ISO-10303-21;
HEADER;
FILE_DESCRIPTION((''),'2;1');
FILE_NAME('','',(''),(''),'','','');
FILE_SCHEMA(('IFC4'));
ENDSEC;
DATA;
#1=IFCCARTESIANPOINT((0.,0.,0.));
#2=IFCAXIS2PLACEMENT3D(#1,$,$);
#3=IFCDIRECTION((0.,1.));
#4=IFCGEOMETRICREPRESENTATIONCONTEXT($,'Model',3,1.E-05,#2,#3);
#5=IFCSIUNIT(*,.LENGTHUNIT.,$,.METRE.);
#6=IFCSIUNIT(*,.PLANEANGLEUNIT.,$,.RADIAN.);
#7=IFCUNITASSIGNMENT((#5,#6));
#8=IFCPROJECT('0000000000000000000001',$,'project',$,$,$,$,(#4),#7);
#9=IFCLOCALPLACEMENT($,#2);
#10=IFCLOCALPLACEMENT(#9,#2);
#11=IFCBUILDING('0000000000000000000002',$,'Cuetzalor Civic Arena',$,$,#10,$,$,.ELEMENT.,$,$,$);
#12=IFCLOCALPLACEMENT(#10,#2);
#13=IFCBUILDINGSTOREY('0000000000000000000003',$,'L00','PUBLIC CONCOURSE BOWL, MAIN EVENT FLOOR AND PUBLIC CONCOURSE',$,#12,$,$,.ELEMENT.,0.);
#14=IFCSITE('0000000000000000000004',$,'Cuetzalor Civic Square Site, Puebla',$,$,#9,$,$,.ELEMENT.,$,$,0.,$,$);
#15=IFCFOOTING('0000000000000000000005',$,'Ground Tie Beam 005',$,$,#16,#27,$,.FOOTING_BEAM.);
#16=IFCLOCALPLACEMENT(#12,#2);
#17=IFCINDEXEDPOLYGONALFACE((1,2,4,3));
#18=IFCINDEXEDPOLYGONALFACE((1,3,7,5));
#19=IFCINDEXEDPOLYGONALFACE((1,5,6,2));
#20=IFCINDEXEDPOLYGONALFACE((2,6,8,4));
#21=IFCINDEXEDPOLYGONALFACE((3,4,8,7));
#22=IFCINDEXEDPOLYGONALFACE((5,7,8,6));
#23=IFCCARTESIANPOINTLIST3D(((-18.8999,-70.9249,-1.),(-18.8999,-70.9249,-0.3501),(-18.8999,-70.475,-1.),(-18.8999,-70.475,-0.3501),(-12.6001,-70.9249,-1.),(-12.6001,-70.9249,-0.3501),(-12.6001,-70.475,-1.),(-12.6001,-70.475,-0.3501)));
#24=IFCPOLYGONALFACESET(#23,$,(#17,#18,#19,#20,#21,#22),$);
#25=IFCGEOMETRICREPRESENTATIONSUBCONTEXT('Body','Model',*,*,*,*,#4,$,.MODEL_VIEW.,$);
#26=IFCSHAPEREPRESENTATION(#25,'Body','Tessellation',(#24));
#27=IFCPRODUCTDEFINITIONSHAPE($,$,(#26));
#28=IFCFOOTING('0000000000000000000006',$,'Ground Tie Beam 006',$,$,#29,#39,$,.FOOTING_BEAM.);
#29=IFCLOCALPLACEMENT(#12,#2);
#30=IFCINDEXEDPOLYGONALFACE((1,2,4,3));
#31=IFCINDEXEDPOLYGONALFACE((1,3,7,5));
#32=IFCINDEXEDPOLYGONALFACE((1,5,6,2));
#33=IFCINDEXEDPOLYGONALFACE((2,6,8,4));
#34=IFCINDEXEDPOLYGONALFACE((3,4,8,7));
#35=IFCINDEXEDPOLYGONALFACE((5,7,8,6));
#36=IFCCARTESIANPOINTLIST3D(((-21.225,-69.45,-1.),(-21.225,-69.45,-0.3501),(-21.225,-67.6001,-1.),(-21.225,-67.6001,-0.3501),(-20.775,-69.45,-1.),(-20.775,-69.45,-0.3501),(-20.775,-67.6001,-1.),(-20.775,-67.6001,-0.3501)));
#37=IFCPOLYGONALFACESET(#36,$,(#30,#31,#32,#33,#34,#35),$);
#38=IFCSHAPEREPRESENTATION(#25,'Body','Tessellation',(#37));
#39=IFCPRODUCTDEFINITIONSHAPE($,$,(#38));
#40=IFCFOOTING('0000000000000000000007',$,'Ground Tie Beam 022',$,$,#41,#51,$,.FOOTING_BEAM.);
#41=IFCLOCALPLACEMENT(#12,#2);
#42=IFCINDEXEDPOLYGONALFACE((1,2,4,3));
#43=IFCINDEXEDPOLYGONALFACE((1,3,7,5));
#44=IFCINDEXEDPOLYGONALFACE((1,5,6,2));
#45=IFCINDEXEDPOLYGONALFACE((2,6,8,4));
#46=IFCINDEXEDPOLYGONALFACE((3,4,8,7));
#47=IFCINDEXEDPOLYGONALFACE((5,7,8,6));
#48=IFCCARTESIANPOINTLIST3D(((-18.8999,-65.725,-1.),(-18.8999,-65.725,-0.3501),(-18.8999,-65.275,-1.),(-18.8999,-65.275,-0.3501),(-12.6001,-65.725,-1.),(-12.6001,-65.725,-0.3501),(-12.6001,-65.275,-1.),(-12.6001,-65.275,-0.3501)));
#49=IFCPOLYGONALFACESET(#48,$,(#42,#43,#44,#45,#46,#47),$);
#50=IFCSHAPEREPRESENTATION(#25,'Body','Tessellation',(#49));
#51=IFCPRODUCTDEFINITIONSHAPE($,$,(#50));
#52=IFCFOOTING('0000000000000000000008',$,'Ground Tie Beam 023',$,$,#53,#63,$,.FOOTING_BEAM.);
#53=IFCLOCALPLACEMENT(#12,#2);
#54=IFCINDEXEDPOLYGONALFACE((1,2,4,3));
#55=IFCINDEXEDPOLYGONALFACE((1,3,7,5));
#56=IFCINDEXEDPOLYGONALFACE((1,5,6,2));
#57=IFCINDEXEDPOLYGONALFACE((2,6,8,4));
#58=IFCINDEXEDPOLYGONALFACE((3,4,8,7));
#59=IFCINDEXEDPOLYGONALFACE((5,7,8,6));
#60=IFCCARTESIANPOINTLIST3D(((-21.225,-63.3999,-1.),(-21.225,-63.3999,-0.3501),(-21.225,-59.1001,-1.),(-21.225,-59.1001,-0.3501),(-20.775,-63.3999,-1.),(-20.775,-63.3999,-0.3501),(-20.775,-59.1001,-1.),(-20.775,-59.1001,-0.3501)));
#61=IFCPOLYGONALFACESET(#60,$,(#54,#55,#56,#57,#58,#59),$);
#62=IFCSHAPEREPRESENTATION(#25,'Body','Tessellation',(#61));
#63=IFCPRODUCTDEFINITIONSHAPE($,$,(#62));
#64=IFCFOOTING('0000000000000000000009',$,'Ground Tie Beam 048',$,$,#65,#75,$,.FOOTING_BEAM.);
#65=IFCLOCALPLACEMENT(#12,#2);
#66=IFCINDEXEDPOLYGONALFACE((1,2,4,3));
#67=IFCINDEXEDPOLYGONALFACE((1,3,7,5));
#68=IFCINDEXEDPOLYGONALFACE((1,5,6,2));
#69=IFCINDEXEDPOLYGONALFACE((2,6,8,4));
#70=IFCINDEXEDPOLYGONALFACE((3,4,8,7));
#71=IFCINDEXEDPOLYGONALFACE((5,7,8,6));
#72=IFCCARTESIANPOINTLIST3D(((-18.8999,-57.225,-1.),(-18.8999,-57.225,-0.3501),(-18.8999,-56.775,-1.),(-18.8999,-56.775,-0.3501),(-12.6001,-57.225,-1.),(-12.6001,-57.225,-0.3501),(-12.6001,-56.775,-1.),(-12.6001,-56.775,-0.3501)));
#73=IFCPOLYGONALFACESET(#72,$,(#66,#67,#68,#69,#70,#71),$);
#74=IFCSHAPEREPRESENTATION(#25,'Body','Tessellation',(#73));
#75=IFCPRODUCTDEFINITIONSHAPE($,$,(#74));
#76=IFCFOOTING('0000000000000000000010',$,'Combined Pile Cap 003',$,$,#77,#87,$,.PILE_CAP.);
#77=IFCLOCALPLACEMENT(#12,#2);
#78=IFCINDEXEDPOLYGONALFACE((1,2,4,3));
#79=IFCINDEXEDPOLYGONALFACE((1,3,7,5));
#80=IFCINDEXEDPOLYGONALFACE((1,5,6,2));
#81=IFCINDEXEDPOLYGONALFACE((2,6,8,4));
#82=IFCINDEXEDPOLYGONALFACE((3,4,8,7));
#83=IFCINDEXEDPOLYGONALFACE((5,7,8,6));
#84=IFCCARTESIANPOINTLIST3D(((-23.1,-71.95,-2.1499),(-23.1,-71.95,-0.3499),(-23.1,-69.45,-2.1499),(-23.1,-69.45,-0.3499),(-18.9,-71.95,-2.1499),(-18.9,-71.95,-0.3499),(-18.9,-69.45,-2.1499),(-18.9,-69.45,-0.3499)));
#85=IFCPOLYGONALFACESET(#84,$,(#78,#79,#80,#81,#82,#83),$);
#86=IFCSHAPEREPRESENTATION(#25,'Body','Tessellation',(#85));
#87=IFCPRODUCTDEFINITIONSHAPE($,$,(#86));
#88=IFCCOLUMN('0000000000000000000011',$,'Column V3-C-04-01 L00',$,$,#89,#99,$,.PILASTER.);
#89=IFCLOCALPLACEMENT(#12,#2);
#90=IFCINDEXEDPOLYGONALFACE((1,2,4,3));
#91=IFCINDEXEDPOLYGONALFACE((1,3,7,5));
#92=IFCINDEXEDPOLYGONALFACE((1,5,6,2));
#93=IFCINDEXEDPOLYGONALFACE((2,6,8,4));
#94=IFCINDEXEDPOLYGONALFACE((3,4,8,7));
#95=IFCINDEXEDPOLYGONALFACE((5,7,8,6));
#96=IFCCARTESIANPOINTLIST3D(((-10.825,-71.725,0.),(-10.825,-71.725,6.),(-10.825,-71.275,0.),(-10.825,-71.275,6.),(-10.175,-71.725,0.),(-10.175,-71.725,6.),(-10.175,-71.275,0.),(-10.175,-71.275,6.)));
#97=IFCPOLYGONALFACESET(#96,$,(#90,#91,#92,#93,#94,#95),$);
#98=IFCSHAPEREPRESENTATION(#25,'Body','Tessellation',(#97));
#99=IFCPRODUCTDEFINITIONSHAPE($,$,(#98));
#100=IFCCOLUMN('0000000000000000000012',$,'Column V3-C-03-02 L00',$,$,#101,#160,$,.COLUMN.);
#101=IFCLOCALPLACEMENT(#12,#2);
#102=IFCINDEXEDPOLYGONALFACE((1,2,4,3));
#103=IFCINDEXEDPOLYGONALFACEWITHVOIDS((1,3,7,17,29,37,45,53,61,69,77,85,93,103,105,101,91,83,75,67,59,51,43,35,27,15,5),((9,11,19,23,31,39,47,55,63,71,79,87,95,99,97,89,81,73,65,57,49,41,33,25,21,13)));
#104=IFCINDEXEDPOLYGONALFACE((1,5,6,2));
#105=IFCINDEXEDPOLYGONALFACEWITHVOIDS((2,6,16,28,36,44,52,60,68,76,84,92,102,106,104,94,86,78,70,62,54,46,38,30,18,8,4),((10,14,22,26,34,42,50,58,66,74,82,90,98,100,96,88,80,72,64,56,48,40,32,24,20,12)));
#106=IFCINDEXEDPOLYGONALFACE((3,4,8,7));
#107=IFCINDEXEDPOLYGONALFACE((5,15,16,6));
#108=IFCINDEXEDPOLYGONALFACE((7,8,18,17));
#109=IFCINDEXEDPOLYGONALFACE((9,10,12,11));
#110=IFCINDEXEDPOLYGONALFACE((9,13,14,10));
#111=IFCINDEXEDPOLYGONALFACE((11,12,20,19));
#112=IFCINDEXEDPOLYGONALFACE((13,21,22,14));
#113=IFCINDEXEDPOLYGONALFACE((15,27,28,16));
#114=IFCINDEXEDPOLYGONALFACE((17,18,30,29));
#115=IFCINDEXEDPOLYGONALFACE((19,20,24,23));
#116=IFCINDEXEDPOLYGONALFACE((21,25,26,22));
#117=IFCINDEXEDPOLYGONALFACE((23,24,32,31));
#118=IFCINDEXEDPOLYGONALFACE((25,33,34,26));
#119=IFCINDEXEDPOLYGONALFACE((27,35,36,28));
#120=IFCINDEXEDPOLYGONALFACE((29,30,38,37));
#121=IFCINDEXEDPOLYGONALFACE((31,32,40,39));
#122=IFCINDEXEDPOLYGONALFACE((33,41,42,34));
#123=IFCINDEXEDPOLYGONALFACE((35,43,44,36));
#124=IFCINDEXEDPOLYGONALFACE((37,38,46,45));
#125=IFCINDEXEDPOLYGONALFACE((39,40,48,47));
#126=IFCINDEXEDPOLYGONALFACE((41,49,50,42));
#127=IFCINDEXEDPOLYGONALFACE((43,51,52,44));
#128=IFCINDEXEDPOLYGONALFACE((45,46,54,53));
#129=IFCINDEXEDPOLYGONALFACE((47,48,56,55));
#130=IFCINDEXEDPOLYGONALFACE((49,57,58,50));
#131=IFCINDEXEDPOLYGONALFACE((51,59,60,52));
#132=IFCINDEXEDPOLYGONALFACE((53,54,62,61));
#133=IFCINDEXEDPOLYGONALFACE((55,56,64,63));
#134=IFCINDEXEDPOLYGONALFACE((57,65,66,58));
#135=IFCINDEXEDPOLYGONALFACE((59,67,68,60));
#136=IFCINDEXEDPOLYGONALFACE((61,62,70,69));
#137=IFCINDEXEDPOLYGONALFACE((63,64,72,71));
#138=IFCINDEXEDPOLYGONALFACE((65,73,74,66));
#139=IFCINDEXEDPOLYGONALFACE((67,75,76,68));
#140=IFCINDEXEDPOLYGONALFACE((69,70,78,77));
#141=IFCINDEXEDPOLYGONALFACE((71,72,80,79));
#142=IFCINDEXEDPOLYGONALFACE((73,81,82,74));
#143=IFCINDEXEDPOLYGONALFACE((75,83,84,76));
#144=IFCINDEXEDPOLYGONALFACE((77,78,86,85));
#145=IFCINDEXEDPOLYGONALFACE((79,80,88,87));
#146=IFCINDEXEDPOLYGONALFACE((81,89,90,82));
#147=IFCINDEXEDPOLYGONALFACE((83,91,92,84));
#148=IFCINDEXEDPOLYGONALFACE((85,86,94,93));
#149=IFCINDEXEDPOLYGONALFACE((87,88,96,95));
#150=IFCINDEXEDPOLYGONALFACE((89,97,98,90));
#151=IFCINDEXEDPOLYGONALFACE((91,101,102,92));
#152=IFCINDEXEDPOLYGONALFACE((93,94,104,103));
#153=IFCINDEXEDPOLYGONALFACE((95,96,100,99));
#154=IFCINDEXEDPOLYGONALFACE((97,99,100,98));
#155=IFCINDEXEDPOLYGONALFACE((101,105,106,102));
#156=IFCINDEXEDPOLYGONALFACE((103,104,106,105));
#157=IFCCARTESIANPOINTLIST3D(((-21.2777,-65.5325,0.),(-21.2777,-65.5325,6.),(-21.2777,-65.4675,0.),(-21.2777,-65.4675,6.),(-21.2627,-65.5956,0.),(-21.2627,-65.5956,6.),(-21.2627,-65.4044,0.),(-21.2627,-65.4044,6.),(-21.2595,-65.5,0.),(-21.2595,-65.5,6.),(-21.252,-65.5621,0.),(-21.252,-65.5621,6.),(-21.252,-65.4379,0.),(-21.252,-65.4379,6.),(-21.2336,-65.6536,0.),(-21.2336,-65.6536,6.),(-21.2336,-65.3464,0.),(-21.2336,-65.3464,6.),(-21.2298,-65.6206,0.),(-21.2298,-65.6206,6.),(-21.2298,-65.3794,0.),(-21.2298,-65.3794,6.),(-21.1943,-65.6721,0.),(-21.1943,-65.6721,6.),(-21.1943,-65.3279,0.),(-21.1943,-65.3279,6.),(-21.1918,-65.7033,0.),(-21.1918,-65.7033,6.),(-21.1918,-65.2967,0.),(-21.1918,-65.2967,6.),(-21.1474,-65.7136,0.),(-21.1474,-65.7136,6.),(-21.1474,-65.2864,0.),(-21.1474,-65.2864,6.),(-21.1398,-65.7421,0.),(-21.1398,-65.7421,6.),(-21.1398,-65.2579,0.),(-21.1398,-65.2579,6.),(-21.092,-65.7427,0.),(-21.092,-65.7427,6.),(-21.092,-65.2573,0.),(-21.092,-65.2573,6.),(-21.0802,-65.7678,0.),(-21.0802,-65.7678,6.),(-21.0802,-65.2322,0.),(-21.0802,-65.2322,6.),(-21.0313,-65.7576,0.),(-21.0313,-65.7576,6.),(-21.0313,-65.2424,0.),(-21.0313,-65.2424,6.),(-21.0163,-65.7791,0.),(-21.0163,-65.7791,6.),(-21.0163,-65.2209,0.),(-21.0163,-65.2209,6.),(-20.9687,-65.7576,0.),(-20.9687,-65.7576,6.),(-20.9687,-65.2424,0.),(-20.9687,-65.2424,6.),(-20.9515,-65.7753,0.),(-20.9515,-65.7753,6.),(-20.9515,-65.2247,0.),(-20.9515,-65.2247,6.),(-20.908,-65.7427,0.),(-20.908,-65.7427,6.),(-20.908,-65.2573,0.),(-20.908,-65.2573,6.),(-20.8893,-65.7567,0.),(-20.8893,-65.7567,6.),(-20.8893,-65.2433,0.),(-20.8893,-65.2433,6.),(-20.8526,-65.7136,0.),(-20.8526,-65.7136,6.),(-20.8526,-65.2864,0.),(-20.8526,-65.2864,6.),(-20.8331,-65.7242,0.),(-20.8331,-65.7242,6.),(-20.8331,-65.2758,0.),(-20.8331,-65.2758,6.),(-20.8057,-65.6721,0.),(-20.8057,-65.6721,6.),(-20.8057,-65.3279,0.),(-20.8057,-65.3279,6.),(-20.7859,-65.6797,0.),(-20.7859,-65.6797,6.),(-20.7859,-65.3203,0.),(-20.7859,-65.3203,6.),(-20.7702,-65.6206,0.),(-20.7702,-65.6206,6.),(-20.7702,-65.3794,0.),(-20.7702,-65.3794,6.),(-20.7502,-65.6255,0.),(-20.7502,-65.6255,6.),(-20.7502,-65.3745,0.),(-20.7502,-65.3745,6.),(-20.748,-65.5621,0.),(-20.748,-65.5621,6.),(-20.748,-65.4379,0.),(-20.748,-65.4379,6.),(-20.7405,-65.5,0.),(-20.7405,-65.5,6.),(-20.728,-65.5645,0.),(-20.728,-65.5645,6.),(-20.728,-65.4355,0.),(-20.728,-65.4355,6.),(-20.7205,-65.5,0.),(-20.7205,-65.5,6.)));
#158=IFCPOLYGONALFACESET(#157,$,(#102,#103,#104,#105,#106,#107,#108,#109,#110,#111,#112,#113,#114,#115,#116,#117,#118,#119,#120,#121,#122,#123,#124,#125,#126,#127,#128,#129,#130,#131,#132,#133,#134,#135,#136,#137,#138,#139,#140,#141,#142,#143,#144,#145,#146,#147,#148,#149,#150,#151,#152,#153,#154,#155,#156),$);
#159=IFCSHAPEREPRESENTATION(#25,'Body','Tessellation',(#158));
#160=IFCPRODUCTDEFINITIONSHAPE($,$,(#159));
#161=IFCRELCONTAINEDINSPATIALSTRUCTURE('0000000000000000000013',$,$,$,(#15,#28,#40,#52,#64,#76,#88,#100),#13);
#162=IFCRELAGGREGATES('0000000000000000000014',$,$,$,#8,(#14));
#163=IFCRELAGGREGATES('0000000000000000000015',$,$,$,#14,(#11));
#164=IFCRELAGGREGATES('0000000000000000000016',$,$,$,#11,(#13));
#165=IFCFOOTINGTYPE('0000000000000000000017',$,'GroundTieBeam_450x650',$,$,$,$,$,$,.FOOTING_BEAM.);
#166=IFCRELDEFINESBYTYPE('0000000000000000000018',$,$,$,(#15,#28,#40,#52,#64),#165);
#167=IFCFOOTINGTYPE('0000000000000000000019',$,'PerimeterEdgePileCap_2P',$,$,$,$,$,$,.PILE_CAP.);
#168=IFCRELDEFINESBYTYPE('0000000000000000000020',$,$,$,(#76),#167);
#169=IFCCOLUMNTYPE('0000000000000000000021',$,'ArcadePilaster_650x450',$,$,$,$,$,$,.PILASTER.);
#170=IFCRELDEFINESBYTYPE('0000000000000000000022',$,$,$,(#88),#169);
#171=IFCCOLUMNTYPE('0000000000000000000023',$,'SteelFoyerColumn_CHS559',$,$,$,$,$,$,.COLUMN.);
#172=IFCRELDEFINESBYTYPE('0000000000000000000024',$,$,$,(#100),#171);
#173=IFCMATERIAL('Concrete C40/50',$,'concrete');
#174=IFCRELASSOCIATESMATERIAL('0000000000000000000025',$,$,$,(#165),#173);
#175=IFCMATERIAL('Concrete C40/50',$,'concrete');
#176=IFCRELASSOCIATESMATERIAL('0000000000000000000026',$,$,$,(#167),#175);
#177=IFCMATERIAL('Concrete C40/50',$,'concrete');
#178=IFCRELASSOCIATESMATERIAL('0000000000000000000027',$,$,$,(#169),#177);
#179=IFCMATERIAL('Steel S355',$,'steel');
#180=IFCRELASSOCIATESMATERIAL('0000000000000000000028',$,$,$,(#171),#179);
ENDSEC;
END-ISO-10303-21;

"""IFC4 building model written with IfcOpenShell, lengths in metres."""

from ifc_helpers import new_model, si_unit, direction, frame, origin, origin_2d, place, context, subcontext, project, spatial, rectangle, hollow_circle, extrude, material, material_profile, profile_set, type_object, element, save


model = new_model("IFC4")

# Units and contexts
model_context = context("Model", 3, precision=1e-05, world=origin(), true_north=direction((0.0, 1.0)))
body_context = subcontext(model_context, "Body", "Model", "MODEL_VIEW")
ifc_project = project(units=[si_unit("LENGTHUNIT", "METRE"), si_unit("PLANEANGLEUNIT", "RADIAN")], contexts=[model_context])

# Site, building, storey
site_placement = place(None, origin())
site = spatial("IfcSite", under=ifc_project, at=site_placement, Name="Cuetzalor Civic Square Site, Puebla", CompositionType="ELEMENT", RefElevation=0.0)
building_placement = place(site_placement, origin())
building = spatial("IfcBuilding", under=site, at=building_placement, Name="Cuetzalor Civic Arena", CompositionType="ELEMENT")
storey_placement = place(building_placement, origin())
storey = spatial("IfcBuildingStorey", under=building, at=storey_placement, Name="L00", Description="PUBLIC CONCOURSE BOWL, MAIN EVENT FLOOR AND PUBLIC CONCOURSE", CompositionType="ELEMENT", Elevation=0.0)

# Footings
ifc_material_1 = material(Name="Concrete C40/50", Category="concrete")
ifc_material_profile_1 = material_profile(ifc_material_1, rectangle(XDim=0.45, YDim=0.6499, at=origin_2d()), Name="RC 450x650")
ifc_profile_set_1 = profile_set([ifc_material_profile_1], Name="Concrete C40/50")
footing_type_1 = type_object("IfcFootingType", Name="GroundTieBeam_450x650", PredefinedType="FOOTING_BEAM", material=ifc_profile_set_1)
footing_1_placement = place(storey_placement, frame((-18.8999, -70.7, -0.675), z_axis=(1.0, 0.0, 0.0), x_axis=(0.0, 1.0, 0.0)))
element("IfcFooting", 1, at=footing_1_placement, inside=storey, type_object=footing_type_1, Name="Ground Tie Beam 005", PredefinedType="FOOTING_BEAM", context=body_context, shape_type="SweptSolid", body=[
    extrude(rectangle(XDim=0.45, YDim=0.6499, at=origin_2d()), origin(), (0.0, 0.0, 1.0), 6.2998),
])
footing_2_placement = place(storey_placement, frame((-21.0, -69.45, -0.675), z_axis=(0.0, 1.0, 0.0), x_axis=(-1.0, 0.0, 0.0)))
element("IfcFooting", 2, at=footing_2_placement, inside=storey, type_object=footing_type_1, Name="Ground Tie Beam 006", PredefinedType="FOOTING_BEAM", context=body_context, shape_type="SweptSolid", body=[
    extrude(rectangle(XDim=0.45, YDim=0.6499, at=origin_2d()), origin(), (0.0, 0.0, 1.0), 1.8499),
])
footing_3_placement = place(storey_placement, frame((-18.8999, -65.5, -0.675), z_axis=(1.0, 0.0, 0.0), x_axis=(0.0, 1.0, 0.0)))
element("IfcFooting", 3, at=footing_3_placement, inside=storey, type_object=footing_type_1, Name="Ground Tie Beam 022", PredefinedType="FOOTING_BEAM", context=body_context, shape_type="SweptSolid", body=[
    extrude(rectangle(XDim=0.45, YDim=0.6499, at=origin_2d()), origin(), (0.0, 0.0, 1.0), 6.2998),
])
footing_4_placement = place(storey_placement, frame((-21.0, -63.3999, -0.675), z_axis=(0.0, 1.0, 0.0), x_axis=(-1.0, 0.0, 0.0)))
element("IfcFooting", 4, at=footing_4_placement, inside=storey, type_object=footing_type_1, Name="Ground Tie Beam 023", PredefinedType="FOOTING_BEAM", context=body_context, shape_type="SweptSolid", body=[
    extrude(rectangle(XDim=0.45, YDim=0.6499, at=origin_2d()), origin(), (0.0, 0.0, 1.0), 4.2998),
])
footing_5_placement = place(storey_placement, frame((-18.8999, -57.0, -0.675), z_axis=(1.0, 0.0, 0.0), x_axis=(0.0, 1.0, 0.0)))
element("IfcFooting", 5, at=footing_5_placement, inside=storey, type_object=footing_type_1, Name="Ground Tie Beam 048", PredefinedType="FOOTING_BEAM", context=body_context, shape_type="SweptSolid", body=[
    extrude(rectangle(XDim=0.45, YDim=0.6499, at=origin_2d()), origin(), (0.0, 0.0, 1.0), 6.2998),
])
ifc_material_2 = material(Name="Concrete C40/50", Category="concrete")
footing_type_2 = type_object("IfcFootingType", Name="PerimeterEdgePileCap_2P", PredefinedType="PILE_CAP", material=ifc_material_2)
footing_6_placement = place(storey_placement, frame((-21.0, -70.7, -2.1499), z_axis=(0.0, 0.0, 1.0), x_axis=(1.0, 0.0, 0.0)))
element("IfcFooting", 6, at=footing_6_placement, inside=storey, type_object=footing_type_2, Name="Combined Pile Cap 003", PredefinedType="PILE_CAP", context=body_context, shape_type="SweptSolid", body=[
    extrude(rectangle(XDim=4.2, YDim=2.5, at=origin_2d()), origin(), (0.0, 0.0, 1.0), 1.8),
])

# Columns
ifc_material_3 = material(Name="Concrete C40/50", Category="concrete")
ifc_material_profile_2 = material_profile(ifc_material_3, rectangle(XDim=0.6499, YDim=0.45, at=origin_2d()), Name="RC 650x450")
ifc_profile_set_2 = profile_set([ifc_material_profile_2], Name="Concrete C40/50")
column_type_1 = type_object("IfcColumnType", Name="ArcadePilaster_650x450", PredefinedType="PILASTER", material=ifc_profile_set_2)
column_placement = place(storey_placement, frame((-10.5, -71.5, 0.0), z_axis=(0.0, 0.0, 1.0), x_axis=(1.0, 0.0, 0.0)))
element("IfcColumn", 7, at=column_placement, inside=storey, type_object=column_type_1, Name="Column V3-C-04-01 L00", PredefinedType="PILASTER", context=body_context, shape_type="SweptSolid", body=[
    extrude(rectangle(XDim=0.6499, YDim=0.45, at=origin_2d()), origin(), (0.0, 0.0, 1.0), 6.0),
])
ifc_material_4 = material(Name="Steel S355", Category="steel")
ifc_material_profile_3 = material_profile(ifc_material_4, hollow_circle(Radius=0.2795, WallThickness=0.02, at=origin_2d()), Name="CHS 559x20")
ifc_profile_set_3 = profile_set([ifc_material_profile_3], Name="Steel S355")
column_type_2 = type_object("IfcColumnType", Name="SteelFoyerColumn_CHS559", PredefinedType="COLUMN", material=ifc_profile_set_3)
for number, where, z_axis, x_axis, name in (
    (8, (-21.0, -65.5, 0.0), (0.0, 0.0, 1.0), (1.0, 0.0, 0.0), "Column V3-C-03-02 L00"),
):
    element("IfcColumn", number, at=place(storey_placement, frame(where, z_axis=z_axis, x_axis=x_axis)), inside=storey, type_object=column_type_2, Name=name, PredefinedType="COLUMN", context=body_context, shape_type="SweptSolid", body=[
        extrude(hollow_circle(Radius=0.2795, WallThickness=0.02, at=origin_2d()), origin(), (0.0, 0.0, 1.0), 6.0),
    ])

save(model, "model.ifc")
